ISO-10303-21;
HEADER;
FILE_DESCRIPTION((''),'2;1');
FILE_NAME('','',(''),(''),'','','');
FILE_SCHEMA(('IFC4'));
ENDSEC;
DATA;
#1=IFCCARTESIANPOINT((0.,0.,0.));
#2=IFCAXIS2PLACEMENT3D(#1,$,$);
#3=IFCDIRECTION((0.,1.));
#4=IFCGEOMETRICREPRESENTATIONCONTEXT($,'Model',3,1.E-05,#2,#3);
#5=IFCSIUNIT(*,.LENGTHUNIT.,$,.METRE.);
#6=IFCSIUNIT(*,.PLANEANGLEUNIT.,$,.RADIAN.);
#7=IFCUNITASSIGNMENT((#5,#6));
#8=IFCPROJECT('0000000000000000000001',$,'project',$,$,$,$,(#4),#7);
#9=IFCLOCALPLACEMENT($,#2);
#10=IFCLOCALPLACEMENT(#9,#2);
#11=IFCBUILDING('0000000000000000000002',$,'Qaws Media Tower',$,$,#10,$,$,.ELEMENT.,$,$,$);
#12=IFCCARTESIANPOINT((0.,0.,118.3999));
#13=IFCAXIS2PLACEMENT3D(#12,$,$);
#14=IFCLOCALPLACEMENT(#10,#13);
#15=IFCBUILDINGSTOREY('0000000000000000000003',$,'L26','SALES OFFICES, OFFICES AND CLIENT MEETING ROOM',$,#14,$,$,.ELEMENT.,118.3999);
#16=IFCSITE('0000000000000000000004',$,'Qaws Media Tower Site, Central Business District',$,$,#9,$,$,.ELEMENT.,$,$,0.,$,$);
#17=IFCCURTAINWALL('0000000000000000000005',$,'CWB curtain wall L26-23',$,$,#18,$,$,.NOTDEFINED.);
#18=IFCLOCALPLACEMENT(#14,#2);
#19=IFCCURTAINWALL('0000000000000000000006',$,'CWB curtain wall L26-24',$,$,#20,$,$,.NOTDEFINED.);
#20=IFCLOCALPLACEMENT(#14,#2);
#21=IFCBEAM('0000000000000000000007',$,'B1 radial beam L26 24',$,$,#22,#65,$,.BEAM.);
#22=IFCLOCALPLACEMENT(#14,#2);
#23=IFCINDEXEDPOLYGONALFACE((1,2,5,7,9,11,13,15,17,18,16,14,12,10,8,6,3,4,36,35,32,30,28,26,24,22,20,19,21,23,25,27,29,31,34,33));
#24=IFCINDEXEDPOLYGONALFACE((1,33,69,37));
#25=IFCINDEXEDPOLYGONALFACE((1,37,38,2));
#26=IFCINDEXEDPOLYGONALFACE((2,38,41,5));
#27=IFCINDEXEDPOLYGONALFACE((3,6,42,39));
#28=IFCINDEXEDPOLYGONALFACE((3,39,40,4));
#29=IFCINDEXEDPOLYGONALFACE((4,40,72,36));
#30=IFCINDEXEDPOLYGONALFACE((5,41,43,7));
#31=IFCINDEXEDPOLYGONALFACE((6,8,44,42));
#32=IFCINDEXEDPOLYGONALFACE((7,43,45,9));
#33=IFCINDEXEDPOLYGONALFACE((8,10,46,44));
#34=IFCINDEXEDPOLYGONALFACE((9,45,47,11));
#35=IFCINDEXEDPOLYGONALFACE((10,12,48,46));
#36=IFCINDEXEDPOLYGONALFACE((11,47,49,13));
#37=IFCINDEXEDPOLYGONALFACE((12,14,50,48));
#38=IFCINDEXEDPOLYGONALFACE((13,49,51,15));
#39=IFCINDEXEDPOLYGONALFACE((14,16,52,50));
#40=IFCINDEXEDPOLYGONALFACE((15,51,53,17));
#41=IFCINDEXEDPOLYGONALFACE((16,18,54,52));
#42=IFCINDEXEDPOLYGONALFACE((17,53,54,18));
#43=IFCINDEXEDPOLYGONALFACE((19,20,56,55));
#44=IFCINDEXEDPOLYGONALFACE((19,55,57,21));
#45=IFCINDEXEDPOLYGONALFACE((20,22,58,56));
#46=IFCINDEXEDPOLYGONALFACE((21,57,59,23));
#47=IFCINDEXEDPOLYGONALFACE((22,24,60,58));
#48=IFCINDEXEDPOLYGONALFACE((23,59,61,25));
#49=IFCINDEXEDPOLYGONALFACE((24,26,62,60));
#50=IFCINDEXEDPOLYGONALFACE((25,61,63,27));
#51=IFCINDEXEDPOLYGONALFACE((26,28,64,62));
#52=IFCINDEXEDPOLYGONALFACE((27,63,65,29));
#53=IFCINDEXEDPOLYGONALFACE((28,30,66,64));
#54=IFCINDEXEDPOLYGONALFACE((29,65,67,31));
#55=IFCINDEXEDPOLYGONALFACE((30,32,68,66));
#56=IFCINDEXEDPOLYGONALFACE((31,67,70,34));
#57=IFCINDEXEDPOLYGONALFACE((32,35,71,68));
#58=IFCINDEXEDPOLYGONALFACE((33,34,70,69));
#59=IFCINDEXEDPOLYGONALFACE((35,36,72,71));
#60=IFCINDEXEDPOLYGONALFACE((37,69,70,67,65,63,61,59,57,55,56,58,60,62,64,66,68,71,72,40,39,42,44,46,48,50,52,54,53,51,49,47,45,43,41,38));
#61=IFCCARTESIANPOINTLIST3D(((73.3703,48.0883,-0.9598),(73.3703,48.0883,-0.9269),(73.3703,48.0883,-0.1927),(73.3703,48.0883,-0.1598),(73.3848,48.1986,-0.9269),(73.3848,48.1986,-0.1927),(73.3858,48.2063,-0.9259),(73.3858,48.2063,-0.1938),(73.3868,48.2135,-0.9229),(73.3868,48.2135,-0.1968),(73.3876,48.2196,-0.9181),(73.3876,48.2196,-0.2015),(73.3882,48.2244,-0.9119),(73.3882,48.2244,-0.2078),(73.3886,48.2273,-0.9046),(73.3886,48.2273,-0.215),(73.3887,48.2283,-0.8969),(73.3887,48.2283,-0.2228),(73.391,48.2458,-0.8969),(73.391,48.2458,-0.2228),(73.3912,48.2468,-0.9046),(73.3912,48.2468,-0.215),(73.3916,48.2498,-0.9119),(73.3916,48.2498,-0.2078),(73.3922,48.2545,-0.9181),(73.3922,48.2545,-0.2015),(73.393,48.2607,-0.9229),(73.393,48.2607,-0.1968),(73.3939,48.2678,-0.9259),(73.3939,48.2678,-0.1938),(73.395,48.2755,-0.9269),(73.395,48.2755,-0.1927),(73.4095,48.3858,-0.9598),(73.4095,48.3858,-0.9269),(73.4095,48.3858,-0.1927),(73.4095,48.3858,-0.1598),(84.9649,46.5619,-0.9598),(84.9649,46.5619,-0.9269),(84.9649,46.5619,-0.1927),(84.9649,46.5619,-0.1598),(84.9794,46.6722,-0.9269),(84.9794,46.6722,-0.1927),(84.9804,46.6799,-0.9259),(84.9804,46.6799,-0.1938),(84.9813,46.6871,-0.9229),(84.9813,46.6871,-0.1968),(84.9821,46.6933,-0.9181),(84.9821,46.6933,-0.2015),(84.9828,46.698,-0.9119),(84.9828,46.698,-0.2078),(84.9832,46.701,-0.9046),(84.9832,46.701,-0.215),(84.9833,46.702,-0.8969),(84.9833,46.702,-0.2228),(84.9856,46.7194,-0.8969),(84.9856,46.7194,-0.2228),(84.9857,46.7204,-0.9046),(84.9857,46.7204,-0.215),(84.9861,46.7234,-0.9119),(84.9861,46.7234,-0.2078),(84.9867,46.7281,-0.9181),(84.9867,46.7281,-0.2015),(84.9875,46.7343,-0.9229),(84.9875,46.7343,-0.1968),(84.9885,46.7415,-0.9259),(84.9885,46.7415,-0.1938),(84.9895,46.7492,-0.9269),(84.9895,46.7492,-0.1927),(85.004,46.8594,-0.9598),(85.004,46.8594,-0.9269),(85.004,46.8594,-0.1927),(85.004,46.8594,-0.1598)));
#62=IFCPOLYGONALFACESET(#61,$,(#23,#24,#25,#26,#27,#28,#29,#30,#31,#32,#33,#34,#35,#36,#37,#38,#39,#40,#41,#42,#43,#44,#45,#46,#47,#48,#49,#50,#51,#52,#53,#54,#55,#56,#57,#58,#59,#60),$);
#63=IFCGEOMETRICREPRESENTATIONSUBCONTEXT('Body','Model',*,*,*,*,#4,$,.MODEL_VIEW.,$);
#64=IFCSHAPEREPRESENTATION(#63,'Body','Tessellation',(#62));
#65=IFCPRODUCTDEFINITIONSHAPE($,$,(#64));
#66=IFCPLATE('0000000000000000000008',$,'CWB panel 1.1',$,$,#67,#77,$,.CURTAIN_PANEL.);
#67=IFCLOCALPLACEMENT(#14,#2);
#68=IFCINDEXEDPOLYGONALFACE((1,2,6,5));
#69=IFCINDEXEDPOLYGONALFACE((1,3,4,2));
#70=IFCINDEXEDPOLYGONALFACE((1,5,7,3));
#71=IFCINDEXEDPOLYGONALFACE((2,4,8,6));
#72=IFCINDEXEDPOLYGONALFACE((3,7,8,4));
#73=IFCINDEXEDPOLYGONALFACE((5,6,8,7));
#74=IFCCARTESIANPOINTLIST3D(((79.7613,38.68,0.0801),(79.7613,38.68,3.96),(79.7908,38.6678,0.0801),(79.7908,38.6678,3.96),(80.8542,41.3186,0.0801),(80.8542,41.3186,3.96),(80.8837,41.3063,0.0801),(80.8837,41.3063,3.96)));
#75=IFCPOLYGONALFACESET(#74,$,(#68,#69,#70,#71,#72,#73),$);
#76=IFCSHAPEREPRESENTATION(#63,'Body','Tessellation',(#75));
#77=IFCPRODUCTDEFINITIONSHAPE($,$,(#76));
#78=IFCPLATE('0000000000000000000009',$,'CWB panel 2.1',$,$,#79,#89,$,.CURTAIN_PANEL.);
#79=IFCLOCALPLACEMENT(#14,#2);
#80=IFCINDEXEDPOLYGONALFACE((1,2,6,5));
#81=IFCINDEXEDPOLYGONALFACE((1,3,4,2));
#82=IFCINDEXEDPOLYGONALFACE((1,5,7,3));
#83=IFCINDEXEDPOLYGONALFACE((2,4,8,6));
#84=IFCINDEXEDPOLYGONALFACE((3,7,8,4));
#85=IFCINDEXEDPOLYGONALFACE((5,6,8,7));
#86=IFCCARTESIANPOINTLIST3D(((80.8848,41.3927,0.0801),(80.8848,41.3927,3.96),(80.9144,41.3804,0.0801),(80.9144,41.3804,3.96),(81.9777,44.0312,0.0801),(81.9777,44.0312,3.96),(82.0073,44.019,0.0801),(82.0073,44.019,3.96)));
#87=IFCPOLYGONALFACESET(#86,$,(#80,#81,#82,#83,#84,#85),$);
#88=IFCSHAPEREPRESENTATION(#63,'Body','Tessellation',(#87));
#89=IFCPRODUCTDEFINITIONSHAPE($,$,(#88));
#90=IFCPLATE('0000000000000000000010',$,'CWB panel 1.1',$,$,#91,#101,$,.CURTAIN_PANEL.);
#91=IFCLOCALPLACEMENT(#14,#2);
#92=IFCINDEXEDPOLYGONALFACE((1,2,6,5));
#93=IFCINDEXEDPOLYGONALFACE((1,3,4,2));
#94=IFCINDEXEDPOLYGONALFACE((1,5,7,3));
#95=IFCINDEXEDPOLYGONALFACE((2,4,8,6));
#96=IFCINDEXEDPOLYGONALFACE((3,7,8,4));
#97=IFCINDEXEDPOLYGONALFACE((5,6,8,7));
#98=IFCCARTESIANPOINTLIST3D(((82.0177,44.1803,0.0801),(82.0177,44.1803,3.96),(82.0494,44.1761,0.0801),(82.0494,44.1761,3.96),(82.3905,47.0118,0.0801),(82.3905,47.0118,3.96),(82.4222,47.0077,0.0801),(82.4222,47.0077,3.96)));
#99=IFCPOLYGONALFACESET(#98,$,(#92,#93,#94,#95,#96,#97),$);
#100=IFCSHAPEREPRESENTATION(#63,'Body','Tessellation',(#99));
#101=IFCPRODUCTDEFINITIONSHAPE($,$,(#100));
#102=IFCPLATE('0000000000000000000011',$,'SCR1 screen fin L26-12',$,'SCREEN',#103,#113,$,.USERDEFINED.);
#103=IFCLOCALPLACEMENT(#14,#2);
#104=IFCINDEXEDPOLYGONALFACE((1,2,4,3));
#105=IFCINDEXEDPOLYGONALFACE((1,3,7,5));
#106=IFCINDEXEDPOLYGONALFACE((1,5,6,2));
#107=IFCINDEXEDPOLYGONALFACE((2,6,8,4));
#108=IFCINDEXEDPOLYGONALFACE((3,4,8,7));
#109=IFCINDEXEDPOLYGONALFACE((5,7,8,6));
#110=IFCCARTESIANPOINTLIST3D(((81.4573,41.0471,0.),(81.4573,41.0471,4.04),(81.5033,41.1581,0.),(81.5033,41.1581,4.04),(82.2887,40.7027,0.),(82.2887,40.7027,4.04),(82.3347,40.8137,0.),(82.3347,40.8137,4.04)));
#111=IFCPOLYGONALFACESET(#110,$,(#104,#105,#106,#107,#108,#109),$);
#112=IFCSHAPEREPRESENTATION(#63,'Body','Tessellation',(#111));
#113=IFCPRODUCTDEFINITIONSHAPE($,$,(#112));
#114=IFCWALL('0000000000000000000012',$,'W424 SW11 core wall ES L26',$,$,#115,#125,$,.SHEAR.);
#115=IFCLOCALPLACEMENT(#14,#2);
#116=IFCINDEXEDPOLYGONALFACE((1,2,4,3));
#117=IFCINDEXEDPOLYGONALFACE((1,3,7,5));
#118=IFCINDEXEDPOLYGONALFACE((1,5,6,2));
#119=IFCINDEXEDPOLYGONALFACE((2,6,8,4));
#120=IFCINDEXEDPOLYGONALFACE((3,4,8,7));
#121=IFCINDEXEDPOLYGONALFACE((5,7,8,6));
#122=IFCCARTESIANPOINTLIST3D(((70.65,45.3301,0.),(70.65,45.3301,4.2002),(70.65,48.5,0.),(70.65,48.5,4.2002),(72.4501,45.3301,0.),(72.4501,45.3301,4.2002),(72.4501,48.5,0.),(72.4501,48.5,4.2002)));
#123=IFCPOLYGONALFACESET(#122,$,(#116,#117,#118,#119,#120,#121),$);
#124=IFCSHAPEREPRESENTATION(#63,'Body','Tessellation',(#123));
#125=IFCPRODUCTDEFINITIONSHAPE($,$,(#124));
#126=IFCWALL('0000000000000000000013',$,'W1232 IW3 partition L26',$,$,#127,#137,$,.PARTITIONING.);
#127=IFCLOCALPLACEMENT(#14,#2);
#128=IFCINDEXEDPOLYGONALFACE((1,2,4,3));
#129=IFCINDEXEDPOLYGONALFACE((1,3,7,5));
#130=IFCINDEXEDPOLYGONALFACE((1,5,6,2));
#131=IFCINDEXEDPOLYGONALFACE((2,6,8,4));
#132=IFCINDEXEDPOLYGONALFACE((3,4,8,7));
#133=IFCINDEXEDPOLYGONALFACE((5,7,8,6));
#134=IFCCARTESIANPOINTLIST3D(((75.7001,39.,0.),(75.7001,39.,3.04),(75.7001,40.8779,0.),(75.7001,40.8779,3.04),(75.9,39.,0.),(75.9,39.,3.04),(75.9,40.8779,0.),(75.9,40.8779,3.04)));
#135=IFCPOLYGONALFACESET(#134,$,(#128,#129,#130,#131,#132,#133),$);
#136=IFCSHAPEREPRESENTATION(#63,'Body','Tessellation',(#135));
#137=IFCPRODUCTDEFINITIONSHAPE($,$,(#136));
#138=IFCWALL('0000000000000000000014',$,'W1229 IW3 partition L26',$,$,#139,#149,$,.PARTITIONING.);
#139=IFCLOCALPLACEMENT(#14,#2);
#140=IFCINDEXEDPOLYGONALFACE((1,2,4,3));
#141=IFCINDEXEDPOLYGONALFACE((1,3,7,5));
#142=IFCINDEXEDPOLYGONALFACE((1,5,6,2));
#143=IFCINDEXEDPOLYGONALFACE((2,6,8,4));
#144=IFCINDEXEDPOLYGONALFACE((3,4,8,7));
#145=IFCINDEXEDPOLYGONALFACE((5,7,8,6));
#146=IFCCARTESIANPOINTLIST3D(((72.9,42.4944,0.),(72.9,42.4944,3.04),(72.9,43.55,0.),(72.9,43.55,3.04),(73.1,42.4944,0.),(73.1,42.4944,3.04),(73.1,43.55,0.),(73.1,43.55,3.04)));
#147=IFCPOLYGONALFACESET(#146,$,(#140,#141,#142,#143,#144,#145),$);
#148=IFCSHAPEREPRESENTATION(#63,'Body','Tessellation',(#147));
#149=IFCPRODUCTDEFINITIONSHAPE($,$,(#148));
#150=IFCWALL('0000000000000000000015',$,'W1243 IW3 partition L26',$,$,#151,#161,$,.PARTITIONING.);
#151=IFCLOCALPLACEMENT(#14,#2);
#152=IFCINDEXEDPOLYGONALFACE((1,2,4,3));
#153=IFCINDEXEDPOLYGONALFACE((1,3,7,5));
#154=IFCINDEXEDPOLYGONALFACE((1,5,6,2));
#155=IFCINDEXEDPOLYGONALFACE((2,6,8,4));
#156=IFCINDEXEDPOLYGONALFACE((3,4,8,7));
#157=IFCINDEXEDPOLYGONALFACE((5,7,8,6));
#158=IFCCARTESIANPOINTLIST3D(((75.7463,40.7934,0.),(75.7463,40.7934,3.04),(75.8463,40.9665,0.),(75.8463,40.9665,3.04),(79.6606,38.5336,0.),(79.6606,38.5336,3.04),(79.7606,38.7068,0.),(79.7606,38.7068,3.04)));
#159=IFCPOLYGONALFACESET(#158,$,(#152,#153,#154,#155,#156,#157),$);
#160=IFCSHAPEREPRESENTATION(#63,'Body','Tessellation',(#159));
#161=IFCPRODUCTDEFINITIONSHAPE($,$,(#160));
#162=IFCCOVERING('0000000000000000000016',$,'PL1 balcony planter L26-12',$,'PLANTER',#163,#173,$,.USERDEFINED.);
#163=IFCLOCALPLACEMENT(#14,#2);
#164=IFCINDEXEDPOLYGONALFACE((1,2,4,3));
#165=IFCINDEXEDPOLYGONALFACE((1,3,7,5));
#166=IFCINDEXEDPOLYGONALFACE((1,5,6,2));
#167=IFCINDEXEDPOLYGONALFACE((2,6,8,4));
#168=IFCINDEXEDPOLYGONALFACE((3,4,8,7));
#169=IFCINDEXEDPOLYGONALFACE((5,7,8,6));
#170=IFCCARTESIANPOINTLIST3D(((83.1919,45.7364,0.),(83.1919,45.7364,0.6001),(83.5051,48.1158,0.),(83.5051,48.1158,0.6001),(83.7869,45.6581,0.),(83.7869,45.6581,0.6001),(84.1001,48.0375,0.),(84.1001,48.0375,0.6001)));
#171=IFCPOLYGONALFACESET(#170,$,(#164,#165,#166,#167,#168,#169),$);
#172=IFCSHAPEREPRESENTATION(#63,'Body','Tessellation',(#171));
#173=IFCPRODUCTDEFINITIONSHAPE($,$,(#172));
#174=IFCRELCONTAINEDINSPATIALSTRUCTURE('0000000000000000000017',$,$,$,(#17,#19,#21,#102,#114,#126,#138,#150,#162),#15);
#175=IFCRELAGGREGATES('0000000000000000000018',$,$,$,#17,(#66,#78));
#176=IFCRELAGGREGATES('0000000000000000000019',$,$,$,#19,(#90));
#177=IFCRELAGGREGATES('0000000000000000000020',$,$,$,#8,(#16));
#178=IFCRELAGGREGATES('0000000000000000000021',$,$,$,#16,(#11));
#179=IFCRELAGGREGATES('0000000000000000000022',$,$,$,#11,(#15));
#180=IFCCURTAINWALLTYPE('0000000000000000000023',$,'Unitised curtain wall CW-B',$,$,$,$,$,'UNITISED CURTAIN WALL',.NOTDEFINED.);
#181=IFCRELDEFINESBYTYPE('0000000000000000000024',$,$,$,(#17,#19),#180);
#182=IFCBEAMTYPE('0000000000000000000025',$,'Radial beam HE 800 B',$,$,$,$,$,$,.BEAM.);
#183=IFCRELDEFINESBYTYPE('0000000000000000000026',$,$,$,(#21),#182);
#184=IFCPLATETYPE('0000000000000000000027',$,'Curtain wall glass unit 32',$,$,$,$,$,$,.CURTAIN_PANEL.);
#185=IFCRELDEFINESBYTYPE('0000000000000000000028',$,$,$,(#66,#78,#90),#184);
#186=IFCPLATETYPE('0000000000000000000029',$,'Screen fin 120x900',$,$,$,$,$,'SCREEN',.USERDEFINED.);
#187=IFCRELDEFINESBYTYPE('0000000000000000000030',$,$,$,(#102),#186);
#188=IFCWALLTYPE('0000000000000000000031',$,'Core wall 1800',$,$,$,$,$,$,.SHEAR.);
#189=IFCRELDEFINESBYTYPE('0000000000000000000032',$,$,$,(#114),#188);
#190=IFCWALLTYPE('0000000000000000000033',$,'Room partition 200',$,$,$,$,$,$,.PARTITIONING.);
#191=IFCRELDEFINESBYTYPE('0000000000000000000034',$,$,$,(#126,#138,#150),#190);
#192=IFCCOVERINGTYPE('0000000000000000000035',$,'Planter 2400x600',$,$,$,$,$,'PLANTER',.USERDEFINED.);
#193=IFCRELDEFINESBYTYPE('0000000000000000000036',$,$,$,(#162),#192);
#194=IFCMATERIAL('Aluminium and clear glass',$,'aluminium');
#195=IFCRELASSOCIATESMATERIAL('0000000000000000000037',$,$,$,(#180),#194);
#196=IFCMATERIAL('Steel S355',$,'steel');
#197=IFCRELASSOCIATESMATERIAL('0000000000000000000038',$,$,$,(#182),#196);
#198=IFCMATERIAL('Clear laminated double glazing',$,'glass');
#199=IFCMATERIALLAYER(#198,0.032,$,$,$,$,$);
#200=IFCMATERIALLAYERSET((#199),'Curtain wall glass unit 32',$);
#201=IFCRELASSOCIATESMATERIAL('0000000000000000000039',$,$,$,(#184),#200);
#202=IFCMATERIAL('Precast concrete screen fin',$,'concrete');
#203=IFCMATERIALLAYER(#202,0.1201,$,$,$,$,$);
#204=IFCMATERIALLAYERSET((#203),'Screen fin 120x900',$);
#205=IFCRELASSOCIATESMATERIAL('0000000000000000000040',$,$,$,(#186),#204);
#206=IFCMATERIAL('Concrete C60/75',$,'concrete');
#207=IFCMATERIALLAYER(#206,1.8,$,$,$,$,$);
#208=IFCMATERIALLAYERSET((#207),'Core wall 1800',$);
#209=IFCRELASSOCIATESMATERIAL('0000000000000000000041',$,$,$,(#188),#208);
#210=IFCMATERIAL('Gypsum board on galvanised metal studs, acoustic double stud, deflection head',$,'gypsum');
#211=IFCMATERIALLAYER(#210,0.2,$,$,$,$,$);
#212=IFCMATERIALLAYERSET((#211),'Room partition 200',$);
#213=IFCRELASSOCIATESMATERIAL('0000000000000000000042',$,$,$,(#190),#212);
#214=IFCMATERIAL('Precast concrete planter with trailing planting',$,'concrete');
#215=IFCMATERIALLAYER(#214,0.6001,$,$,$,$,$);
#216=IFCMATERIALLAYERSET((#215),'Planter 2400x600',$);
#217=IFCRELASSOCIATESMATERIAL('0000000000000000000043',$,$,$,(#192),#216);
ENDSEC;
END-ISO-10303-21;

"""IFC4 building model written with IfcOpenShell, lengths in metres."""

from ifc_helpers import new_model, si_unit, direction, frame, frame_2d, origin, origin_2d, place, context, subcontext, project, spatial, rectangle, i_section, extrude, material, layer, layer_set, material_profile, profile_set, type_object, element, aggregate, save


model = new_model("IFC4")

# Units and contexts
model_context = context("Model", 3, precision=1e-05, world=origin(), true_north=direction((0.0, 1.0)))
body_context = subcontext(model_context, "Body", "Model", "MODEL_VIEW")
ifc_project = project(units=[si_unit("LENGTHUNIT", "METRE"), si_unit("PLANEANGLEUNIT", "RADIAN")], contexts=[model_context])

# Site, building, storey
site_placement = place(None, origin())
site = spatial("IfcSite", under=ifc_project, at=site_placement, Name="Qaws Media Tower Site, Central Business District", CompositionType="ELEMENT", RefElevation=0.0)
building_placement = place(site_placement, origin())
building = spatial("IfcBuilding", under=site, at=building_placement, Name="Qaws Media Tower", CompositionType="ELEMENT")
storey_placement = place(building_placement, frame((0.0, 0.0, 118.3999)))
storey = spatial("IfcBuildingStorey", under=building, at=storey_placement, Name="L26", Description="SALES OFFICES, OFFICES AND CLIENT MEETING ROOM", CompositionType="ELEMENT", Elevation=118.3999)

# Curtain walls
ifc_material_1 = material(Name="Aluminium and clear glass", Category="aluminium")
curtain_wall_type = type_object("IfcCurtainWallType", Name="Unitised curtain wall CW-B", ElementType="UNITISED CURTAIN WALL", PredefinedType="NOTDEFINED", material=ifc_material_1)
curtain_wall_1_placement = place(storey_placement, origin())
curtain_wall_1 = element("IfcCurtainWall", 1, at=curtain_wall_1_placement, inside=storey, type_object=curtain_wall_type, Name="CWB curtain wall L26-23", PredefinedType="NOTDEFINED")
curtain_wall_2_placement = place(storey_placement, origin())
curtain_wall_2 = element("IfcCurtainWall", 2, at=curtain_wall_2_placement, inside=storey, type_object=curtain_wall_type, Name="CWB curtain wall L26-24", PredefinedType="NOTDEFINED")

# Beam
ifc_material_2 = material(Name="Steel S355", Category="steel")
ifc_material_profile_1 = material_profile(ifc_material_2, i_section(OverallWidth=0.3, OverallDepth=0.8, WebThickness=0.0176, FlangeThickness=0.033, FilletRadius=0.03, at=origin_2d()), Name="HE 800 B")
ifc_profile_set_1 = profile_set([ifc_material_profile_1], Name="Steel S355")
beam_type_1 = type_object("IfcBeamType", Name="Radial beam HE 800 B", PredefinedType="BEAM", material=ifc_profile_set_1)
beam_1_placement = place(storey_placement, frame((73.3899, 48.2371, -0.5598), z_axis=(0.991446, -0.13052, 0.0), x_axis=(0.13052, 0.991446, 0.0)))
element("IfcBeam", 3, at=beam_1_placement, inside=storey, type_object=beam_type_1, Name="B1 radial beam L26 24", PredefinedType="BEAM", context=body_context, shape_type="SweptSolid", body=[
    extrude(i_section(OverallWidth=0.3, OverallDepth=0.8, WebThickness=0.0176, FlangeThickness=0.033, FilletRadius=0.03, at=origin_2d()), origin(), (0.0, 0.0, 1.0), 11.6946),
])

# Plates
ifc_material_3 = material(Name="Clear laminated double glazing", Category="glass")
ifc_layer_1 = layer(ifc_material_3, 0.032)
ifc_layer_set_1 = layer_set([ifc_layer_1], Name="Curtain wall glass unit 32")
plate_type_1 = type_object("IfcPlateType", Name="Curtain wall glass unit 32", PredefinedType="CURTAIN_PANEL", material=ifc_layer_set_1)
plate_1_placement = place(storey_placement, frame((80.3225, 39.9932, 0.0801), z_axis=(0.0, 0.0, 1.0), x_axis=(0.382683, 0.92388, 0.0)))
plate_1 = element("IfcPlate", 4, at=plate_1_placement, type_object=plate_type_1, Name="CWB panel 1.1", PredefinedType="CURTAIN_PANEL", context=body_context, shape_type="SweptSolid", body=[
    extrude(rectangle(XDim=2.856, YDim=0.032, at=origin_2d()), origin(), (0.0, 0.0, 1.0), 3.8799),
])
plate_2_placement = place(storey_placement, frame((81.446, 42.7058, 0.0801), z_axis=(0.0, 0.0, 1.0), x_axis=(0.382683, 0.92388, 0.0)))
plate_2 = element("IfcPlate", 5, at=plate_2_placement, type_object=plate_type_1, Name="CWB panel 2.1", PredefinedType="CURTAIN_PANEL", context=body_context, shape_type="SweptSolid", body=[
    extrude(rectangle(XDim=2.856, YDim=0.032, at=origin_2d()), origin(), (0.0, 0.0, 1.0), 3.8799),
])
aggregate(curtain_wall_1, [plate_1, plate_2])
plate_3_placement = place(storey_placement, frame((82.22, 45.594, 0.0801), z_axis=(0.0, 0.0, 1.0), x_axis=(0.130526, 0.991445, 0.0)))
plate_3 = element("IfcPlate", 6, at=plate_3_placement, type_object=plate_type_1, Name="CWB panel 1.1", PredefinedType="CURTAIN_PANEL", context=body_context, shape_type="SweptSolid", body=[
    extrude(rectangle(XDim=2.856, YDim=0.032, at=origin_2d()), origin(), (0.0, 0.0, 1.0), 3.8799),
])
aggregate(curtain_wall_2, [plate_3])
ifc_material_4 = material(Name="Precast concrete screen fin", Category="concrete")
ifc_layer_2 = layer(ifc_material_4, 0.1201)
ifc_layer_set_2 = layer_set([ifc_layer_2], Name="Screen fin 120x900")
plate_type_2 = type_object("IfcPlateType", Name="Screen fin 120x900", ElementType="SCREEN", PredefinedType="USERDEFINED", material=ifc_layer_set_2)
plate_4_placement = place(storey_placement, frame((81.896, 40.9304, 0.0), z_axis=(0.0, 0.0, 1.0), x_axis=(0.92388, -0.382683, 0.0)))
element("IfcPlate", 7, at=plate_4_placement, inside=storey, type_object=plate_type_2, Name="SCR1 screen fin L26-12", ObjectType="SCREEN", PredefinedType="USERDEFINED", context=body_context, shape_type="SweptSolid", body=[
    extrude(rectangle(XDim=0.8999, YDim=0.1201, at=origin_2d()), origin(), (0.0, 0.0, 1.0), 4.04),
])

# Walls
ifc_material_5 = material(Name="Concrete C60/75", Category="concrete")
ifc_layer_3 = layer(ifc_material_5, 1.8)
ifc_layer_set_3 = layer_set([ifc_layer_3], Name="Core wall 1800")
wall_type_1 = type_object("IfcWallType", Name="Core wall 1800", PredefinedType="SHEAR", material=ifc_layer_set_3)
wall_1_placement = place(storey_placement, frame((71.55, 45.3301, 0.0), z_axis=(0.0, 0.0, 1.0), x_axis=(0.0, 1.0, 0.0)))
element("IfcWall", 8, at=wall_1_placement, inside=storey, type_object=wall_type_1, Name="W424 SW11 core wall ES L26", PredefinedType="SHEAR", context=body_context, shape_type="SweptSolid", body=[
    extrude(rectangle(XDim=3.1699, YDim=1.8, at=frame_2d((1.585, 0.0))), origin(), (0.0, 0.0, 1.0), 4.2002),
])
ifc_material_6 = material(Name="Gypsum board on galvanised metal studs, acoustic double stud, deflection head", Category="gypsum")
ifc_layer_4 = layer(ifc_material_6, 0.2)
ifc_layer_set_4 = layer_set([ifc_layer_4], Name="Room partition 200")
wall_type_2 = type_object("IfcWallType", Name="Room partition 200", PredefinedType="PARTITIONING", material=ifc_layer_set_4)
wall_2_placement = place(storey_placement, frame((75.8, 40.8779, 0.0), z_axis=(0.0, 0.0, 1.0), x_axis=(0.0, -1.0, 0.0)))
element("IfcWall", 9, at=wall_2_placement, inside=storey, type_object=wall_type_2, Name="W1232 IW3 partition L26", PredefinedType="PARTITIONING", context=body_context, shape_type="SweptSolid", body=[
    extrude(rectangle(XDim=1.8779, YDim=0.2, at=frame_2d((0.939, 0.0))), origin(), (0.0, 0.0, 1.0), 3.04),
])
wall_3_placement = place(storey_placement, frame((73.0, 42.4944, 0.0), z_axis=(0.0, 0.0, 1.0), x_axis=(0.0, 1.0, 0.0)))
element("IfcWall", 10, at=wall_3_placement, inside=storey, type_object=wall_type_2, Name="W1229 IW3 partition L26", PredefinedType="PARTITIONING", context=body_context, shape_type="SweptSolid", body=[
    extrude(rectangle(XDim=1.0557, YDim=0.2, at=frame_2d((0.5278, 0.0))), origin(), (0.0, 0.0, 1.0), 3.04),
])
wall_4_placement = place(storey_placement, frame((75.7964, 40.8799, 0.0), z_axis=(0.0, 0.0, 1.0), x_axis=(0.866041, -0.499973, 0.0)))
element("IfcWall", 11, at=wall_4_placement, inside=storey, type_object=wall_type_2, Name="W1243 IW3 partition L26", PredefinedType="PARTITIONING", context=body_context, shape_type="SweptSolid", body=[
    extrude(rectangle(XDim=4.5198, YDim=0.2, at=frame_2d((2.2598, 0.0))), origin(), (0.0, 0.0, 1.0), 3.04),
])

# Covering
ifc_material_7 = material(Name="Precast concrete planter with trailing planting", Category="concrete")
ifc_layer_5 = layer(ifc_material_7, 0.6001)
ifc_layer_set_5 = layer_set([ifc_layer_5], Name="Planter 2400x600")
covering_type = type_object("IfcCoveringType", Name="Planter 2400x600", ElementType="PLANTER", PredefinedType="USERDEFINED", material=ifc_layer_set_5)
covering_placement = place(storey_placement, frame((83.646, 46.887, 0.0), z_axis=(0.0, 0.0, 1.0), x_axis=(0.130526, 0.991445, 0.0)))
element("IfcCovering", 12, at=covering_placement, inside=storey, type_object=covering_type, Name="PL1 balcony planter L26-12", ObjectType="PLANTER", PredefinedType="USERDEFINED", context=body_context, shape_type="SweptSolid", body=[
    extrude(rectangle(XDim=2.3999, YDim=0.6001, at=origin_2d()), origin(), (0.0, 0.0, 1.0), 0.6001),
])

save(model, "model.ifc")
